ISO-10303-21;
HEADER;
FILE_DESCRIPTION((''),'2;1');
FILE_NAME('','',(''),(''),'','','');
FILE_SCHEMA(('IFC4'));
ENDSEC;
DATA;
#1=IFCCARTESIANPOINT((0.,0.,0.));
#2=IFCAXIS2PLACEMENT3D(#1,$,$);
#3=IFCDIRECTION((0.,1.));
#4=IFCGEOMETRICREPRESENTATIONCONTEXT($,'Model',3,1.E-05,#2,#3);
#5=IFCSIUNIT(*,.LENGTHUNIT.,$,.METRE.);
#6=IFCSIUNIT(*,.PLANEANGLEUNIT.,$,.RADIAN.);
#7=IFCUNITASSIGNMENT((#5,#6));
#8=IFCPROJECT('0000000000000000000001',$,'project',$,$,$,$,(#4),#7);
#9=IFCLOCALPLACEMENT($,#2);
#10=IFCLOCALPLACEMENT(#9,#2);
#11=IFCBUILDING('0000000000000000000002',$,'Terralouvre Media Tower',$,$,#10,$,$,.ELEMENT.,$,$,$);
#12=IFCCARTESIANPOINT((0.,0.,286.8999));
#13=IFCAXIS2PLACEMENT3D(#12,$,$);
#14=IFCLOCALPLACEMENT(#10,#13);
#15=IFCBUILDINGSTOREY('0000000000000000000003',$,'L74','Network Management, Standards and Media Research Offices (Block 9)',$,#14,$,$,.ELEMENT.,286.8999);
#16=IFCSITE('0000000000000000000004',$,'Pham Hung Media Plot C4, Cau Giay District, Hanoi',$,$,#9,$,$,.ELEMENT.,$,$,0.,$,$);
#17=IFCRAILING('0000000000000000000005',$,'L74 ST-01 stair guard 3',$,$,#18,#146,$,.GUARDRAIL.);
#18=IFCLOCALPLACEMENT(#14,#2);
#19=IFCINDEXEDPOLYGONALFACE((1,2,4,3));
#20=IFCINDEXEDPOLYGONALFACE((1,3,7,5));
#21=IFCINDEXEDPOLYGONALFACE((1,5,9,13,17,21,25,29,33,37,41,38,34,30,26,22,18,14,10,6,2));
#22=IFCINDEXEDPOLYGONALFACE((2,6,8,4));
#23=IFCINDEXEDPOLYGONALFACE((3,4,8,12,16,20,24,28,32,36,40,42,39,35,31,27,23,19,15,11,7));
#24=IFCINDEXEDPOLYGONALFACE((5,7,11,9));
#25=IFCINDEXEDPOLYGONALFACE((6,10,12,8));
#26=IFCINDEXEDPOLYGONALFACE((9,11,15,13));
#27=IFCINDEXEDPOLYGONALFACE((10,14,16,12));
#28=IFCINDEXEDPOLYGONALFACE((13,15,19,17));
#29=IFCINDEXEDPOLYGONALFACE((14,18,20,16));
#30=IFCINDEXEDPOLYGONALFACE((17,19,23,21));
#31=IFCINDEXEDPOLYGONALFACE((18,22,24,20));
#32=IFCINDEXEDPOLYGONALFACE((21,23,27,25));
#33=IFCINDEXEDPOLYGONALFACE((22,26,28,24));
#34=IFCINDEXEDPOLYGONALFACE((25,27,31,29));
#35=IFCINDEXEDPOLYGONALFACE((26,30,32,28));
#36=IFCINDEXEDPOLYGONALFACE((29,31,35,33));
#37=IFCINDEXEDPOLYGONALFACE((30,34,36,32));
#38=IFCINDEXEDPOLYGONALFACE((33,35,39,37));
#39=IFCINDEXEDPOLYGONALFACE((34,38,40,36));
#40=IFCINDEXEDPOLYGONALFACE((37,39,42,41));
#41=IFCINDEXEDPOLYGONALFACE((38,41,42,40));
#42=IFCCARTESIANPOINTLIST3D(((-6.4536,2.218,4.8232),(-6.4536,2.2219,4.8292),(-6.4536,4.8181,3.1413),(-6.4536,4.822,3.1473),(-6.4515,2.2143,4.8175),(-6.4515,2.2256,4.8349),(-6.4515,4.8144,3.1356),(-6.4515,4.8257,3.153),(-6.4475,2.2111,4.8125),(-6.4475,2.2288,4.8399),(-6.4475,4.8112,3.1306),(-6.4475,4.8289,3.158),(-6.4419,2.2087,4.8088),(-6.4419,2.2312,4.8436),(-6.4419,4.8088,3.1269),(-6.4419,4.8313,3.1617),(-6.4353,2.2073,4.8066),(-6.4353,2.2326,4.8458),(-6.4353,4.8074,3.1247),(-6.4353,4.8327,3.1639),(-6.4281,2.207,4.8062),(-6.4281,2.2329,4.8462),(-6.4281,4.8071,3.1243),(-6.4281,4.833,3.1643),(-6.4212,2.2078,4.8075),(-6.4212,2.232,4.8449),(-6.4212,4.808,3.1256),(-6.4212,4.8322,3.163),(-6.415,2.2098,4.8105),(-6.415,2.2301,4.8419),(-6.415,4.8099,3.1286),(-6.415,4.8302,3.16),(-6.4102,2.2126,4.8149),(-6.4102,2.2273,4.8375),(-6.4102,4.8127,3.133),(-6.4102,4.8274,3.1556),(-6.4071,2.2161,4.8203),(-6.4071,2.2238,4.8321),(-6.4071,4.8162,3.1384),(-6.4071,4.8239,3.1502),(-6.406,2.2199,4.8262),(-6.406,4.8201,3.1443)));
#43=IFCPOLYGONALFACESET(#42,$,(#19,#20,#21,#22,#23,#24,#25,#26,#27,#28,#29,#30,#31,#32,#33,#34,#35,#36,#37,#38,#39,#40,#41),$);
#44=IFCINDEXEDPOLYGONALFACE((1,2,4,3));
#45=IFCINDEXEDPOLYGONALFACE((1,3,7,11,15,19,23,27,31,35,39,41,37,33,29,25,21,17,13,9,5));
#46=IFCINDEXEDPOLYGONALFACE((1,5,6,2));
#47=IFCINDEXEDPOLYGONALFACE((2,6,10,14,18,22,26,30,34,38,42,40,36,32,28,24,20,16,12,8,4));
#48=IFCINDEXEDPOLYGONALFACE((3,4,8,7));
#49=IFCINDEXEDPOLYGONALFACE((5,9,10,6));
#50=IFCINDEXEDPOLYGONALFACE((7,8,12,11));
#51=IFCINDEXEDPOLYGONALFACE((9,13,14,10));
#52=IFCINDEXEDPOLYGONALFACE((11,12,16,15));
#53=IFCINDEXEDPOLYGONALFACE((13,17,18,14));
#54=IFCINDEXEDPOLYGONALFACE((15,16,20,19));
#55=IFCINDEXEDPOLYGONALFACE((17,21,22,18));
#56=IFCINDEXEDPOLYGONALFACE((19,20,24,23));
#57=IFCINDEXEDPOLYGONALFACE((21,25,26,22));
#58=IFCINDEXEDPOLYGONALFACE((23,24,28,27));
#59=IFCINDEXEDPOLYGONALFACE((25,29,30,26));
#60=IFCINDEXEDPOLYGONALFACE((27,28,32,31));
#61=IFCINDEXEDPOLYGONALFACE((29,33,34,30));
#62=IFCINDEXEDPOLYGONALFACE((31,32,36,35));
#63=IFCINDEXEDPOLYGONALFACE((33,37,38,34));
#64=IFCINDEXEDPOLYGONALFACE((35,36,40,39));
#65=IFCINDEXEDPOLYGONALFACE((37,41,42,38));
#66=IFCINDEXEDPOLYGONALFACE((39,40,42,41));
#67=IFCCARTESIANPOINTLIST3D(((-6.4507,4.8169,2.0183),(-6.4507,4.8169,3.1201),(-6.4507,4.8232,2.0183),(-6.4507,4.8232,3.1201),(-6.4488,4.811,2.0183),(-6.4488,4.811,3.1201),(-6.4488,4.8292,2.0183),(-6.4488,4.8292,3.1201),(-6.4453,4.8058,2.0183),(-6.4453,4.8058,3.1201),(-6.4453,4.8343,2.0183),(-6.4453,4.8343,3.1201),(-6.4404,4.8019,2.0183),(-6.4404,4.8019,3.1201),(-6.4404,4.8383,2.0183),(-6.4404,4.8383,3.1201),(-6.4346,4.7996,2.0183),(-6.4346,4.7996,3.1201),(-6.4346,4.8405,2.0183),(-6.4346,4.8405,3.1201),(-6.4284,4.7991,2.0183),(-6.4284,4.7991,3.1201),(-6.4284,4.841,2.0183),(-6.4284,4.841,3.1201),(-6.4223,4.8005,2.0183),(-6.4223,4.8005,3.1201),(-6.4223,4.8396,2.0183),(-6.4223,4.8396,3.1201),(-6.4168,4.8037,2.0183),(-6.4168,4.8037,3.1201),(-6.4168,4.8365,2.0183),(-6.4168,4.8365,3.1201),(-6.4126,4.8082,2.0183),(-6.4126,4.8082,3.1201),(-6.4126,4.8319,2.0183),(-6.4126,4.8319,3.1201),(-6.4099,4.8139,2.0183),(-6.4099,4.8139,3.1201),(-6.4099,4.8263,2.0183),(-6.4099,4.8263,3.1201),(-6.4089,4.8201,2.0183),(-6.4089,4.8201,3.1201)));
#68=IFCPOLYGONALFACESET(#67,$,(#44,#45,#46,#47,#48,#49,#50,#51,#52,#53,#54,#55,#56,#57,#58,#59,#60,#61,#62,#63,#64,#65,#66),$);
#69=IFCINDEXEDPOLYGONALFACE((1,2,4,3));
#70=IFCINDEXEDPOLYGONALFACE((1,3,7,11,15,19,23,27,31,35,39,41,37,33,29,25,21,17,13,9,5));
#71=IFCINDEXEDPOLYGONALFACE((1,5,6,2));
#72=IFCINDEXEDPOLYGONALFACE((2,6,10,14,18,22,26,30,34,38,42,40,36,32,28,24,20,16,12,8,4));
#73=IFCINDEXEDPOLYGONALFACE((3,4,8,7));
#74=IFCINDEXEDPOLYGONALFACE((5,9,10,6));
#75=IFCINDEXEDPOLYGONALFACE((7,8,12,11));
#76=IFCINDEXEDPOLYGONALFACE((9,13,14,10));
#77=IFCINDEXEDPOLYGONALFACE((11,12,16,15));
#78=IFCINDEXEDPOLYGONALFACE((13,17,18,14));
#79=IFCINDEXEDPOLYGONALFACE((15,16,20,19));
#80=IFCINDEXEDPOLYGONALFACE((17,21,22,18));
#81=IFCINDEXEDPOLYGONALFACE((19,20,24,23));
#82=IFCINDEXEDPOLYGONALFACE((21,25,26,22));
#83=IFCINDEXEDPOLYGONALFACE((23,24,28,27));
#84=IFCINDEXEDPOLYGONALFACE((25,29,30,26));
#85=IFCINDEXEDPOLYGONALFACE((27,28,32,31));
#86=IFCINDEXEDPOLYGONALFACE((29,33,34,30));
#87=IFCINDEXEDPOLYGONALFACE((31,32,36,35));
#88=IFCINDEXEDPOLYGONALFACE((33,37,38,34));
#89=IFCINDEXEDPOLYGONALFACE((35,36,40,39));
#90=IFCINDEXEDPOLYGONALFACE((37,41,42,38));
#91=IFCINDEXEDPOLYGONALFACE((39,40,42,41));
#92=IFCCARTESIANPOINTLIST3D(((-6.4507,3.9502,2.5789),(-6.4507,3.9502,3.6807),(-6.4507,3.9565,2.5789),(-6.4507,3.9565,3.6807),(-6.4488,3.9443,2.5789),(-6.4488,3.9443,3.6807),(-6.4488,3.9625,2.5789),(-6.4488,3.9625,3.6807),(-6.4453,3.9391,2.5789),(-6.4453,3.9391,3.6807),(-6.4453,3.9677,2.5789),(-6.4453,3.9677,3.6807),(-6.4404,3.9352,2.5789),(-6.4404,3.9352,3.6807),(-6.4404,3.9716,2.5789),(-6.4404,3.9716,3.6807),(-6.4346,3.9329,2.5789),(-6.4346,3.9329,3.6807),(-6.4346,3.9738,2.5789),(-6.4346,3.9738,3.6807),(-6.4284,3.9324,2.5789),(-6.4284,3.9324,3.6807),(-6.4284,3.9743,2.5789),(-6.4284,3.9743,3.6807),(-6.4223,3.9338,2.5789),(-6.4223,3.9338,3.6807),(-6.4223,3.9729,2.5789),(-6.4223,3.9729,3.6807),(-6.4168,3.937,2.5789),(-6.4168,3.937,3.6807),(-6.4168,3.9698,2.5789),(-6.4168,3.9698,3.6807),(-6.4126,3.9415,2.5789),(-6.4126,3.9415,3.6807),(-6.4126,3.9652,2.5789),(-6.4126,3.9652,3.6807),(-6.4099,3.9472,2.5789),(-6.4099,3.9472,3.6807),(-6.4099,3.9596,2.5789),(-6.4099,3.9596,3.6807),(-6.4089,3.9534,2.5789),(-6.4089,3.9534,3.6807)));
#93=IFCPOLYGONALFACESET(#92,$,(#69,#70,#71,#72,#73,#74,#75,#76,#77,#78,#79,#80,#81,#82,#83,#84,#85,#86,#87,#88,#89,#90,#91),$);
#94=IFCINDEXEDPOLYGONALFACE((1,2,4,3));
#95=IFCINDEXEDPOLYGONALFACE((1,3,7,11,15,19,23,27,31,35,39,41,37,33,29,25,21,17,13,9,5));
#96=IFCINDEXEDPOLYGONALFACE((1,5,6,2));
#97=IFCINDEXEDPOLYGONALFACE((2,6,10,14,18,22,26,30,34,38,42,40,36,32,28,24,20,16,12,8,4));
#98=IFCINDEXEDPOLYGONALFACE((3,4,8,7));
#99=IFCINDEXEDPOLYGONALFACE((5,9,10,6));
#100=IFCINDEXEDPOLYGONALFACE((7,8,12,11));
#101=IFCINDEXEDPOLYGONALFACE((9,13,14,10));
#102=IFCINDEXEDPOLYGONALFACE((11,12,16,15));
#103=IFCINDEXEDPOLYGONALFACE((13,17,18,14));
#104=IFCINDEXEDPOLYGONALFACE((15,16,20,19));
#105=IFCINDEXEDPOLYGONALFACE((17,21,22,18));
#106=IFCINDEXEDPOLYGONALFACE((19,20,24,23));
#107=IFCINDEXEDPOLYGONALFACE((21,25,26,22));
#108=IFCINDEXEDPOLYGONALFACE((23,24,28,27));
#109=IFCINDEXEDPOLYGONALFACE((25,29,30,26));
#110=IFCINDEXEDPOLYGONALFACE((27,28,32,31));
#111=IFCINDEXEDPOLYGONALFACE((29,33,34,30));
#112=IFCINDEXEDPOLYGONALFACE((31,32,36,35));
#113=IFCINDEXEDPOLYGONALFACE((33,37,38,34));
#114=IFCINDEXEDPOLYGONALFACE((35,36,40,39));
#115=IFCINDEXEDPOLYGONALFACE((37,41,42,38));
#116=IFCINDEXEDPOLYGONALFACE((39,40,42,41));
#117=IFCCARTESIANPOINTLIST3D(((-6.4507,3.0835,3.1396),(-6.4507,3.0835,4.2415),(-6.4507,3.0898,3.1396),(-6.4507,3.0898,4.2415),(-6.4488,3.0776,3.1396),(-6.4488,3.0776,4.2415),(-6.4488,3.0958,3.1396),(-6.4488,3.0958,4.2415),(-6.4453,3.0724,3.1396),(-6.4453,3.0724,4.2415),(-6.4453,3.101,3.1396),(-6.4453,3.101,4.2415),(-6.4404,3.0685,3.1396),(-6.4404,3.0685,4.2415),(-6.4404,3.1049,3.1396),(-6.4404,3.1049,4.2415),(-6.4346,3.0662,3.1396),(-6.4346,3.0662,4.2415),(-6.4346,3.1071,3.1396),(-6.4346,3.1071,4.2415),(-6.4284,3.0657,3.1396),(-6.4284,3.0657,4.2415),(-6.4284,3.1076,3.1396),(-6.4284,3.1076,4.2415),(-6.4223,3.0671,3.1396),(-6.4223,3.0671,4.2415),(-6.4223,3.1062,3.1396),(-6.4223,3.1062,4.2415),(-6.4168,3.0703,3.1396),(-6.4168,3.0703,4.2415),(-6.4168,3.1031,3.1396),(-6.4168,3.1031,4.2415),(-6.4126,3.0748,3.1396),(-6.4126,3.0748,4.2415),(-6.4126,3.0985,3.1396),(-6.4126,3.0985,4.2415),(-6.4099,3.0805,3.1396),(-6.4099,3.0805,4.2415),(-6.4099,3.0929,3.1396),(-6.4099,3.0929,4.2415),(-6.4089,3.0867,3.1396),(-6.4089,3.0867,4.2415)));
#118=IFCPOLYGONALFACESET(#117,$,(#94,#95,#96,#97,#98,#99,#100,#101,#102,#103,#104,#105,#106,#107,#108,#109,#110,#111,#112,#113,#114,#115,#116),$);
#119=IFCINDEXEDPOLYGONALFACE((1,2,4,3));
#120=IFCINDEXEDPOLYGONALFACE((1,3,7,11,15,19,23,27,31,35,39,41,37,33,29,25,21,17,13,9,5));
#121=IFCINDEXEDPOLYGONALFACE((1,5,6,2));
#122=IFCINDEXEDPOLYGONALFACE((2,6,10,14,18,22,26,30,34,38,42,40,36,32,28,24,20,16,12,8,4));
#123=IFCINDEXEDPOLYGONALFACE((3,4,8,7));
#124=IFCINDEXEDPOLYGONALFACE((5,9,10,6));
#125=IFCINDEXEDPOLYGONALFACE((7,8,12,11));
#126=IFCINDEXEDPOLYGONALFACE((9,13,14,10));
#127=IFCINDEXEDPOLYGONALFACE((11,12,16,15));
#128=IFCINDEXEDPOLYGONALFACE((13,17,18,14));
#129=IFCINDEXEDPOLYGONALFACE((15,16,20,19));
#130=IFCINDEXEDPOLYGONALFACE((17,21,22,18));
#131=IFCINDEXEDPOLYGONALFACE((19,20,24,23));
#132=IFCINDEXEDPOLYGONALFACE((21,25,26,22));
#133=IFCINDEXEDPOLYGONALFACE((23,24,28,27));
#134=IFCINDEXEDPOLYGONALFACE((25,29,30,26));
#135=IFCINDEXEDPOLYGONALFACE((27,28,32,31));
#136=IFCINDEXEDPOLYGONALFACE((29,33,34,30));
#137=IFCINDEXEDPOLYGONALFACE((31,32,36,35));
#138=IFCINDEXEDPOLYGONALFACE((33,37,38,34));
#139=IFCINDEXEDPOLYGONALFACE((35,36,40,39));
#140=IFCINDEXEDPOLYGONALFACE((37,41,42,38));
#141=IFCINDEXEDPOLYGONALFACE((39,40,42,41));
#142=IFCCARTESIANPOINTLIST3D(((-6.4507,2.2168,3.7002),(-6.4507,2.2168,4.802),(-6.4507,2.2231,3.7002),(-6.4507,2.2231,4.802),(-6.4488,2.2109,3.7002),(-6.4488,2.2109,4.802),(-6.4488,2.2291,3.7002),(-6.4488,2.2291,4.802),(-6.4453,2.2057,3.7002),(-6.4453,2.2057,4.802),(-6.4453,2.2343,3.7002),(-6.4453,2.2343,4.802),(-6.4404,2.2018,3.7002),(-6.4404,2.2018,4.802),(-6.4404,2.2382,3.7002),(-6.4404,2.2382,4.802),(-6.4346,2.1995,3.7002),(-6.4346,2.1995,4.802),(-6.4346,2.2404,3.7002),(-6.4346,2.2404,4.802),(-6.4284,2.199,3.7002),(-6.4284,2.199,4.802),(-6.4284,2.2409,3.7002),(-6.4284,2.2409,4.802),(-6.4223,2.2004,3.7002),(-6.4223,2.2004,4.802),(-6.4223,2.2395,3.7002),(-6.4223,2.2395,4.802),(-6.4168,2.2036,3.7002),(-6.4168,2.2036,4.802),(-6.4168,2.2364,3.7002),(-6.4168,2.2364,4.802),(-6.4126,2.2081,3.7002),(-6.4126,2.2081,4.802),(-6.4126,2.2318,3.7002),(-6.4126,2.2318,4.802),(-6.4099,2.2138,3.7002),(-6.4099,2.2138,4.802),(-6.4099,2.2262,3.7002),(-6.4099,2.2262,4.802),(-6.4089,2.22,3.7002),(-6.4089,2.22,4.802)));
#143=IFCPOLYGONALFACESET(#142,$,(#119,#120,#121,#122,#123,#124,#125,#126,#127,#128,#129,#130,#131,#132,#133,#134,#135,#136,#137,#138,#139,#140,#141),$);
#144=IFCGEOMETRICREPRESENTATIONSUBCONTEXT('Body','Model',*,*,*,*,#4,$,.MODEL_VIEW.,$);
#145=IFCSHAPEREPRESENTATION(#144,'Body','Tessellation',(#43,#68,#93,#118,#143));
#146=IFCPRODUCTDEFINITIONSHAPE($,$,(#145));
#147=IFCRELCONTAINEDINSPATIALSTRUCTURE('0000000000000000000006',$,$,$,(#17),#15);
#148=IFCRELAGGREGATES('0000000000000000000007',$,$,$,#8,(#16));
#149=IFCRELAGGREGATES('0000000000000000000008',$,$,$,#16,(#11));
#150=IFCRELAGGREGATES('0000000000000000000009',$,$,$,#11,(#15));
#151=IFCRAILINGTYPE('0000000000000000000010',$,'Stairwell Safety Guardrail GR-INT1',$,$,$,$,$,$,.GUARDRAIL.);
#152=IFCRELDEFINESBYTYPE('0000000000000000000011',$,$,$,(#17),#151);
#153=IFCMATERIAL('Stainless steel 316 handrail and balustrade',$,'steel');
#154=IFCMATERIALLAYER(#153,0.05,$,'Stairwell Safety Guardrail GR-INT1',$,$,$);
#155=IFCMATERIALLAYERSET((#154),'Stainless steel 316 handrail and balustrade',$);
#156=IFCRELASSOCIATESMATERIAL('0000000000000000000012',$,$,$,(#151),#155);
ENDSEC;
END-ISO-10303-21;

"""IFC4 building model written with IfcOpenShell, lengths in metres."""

from ifc_helpers import new_model, si_unit, direction, frame, origin, origin_2d, place, context, subcontext, project, spatial, circle, extrude, material, layer, layer_set, type_object, element, save


model = new_model("IFC4")

# Units and contexts
model_context = context("Model", 3, precision=1e-05, world=origin(), true_north=direction((0.0, 1.0)))
body_context = subcontext(model_context, "Body", "Model", "MODEL_VIEW")
ifc_project = project(units=[si_unit("LENGTHUNIT", "METRE"), si_unit("PLANEANGLEUNIT", "RADIAN")], contexts=[model_context])

# Site, building, storey
site_placement = place(None, origin())
site = spatial("IfcSite", under=ifc_project, at=site_placement, Name="Pham Hung Media Plot C4, Cau Giay District, Hanoi", CompositionType="ELEMENT", RefElevation=0.0)
building_placement = place(site_placement, origin())
building = spatial("IfcBuilding", under=site, at=building_placement, Name="Terralouvre Media Tower", CompositionType="ELEMENT")
storey_placement = place(building_placement, frame((0.0, 0.0, 286.8999)))
storey = spatial("IfcBuildingStorey", under=building, at=storey_placement, Name="L74", Description="Network Management, Standards and Media Research Offices (Block 9)", CompositionType="ELEMENT", Elevation=286.8999)

# Railing
ifc_material_1 = material(Name="Stainless steel 316 handrail and balustrade", Category="steel")
ifc_layer_1 = layer(ifc_material_1, 0.05, Name="Stairwell Safety Guardrail GR-INT1")
ifc_layer_set_1 = layer_set([ifc_layer_1], Name="Stainless steel 316 handrail and balustrade")
railing_type_1 = type_object("IfcRailingType", Name="Stairwell Safety Guardrail GR-INT1", PredefinedType="GUARDRAIL", material=ifc_layer_set_1)
railing_1_placement = place(storey_placement, frame((-6.4299, 4.8201, 2.0183)))
element("IfcRailing", 1, at=railing_1_placement, inside=storey, type_object=railing_type_1, Name="L74 ST-01 stair guard 3", PredefinedType="GUARDRAIL", context=body_context, shape_type="SweptSolid", body=[
    extrude(circle(Radius=0.0239, at=origin_2d()), frame((0.0, 0.0, 1.126), z_axis=(0.0, -0.839648, 0.54313), x_axis=(1.0, 0.0, 0.0)), (0.0, 0.0, 1.0), 3.0967),
    extrude(circle(Radius=0.021, at=origin_2d()), origin(), (0.0, 0.0, 1.0), 1.1018),
    extrude(circle(Radius=0.021, at=origin_2d()), frame((0.0, -0.8667, 0.5605)), (0.0, 0.0, 1.0), 1.1018),
    extrude(circle(Radius=0.021, at=origin_2d()), frame((0.0, -1.7334, 1.1213)), (0.0, 0.0, 1.0), 1.1018),
    extrude(circle(Radius=0.021, at=origin_2d()), frame((0.0, -2.6001, 1.6819)), (0.0, 0.0, 1.0), 1.1018),
])

save(model, "model.ifc")
